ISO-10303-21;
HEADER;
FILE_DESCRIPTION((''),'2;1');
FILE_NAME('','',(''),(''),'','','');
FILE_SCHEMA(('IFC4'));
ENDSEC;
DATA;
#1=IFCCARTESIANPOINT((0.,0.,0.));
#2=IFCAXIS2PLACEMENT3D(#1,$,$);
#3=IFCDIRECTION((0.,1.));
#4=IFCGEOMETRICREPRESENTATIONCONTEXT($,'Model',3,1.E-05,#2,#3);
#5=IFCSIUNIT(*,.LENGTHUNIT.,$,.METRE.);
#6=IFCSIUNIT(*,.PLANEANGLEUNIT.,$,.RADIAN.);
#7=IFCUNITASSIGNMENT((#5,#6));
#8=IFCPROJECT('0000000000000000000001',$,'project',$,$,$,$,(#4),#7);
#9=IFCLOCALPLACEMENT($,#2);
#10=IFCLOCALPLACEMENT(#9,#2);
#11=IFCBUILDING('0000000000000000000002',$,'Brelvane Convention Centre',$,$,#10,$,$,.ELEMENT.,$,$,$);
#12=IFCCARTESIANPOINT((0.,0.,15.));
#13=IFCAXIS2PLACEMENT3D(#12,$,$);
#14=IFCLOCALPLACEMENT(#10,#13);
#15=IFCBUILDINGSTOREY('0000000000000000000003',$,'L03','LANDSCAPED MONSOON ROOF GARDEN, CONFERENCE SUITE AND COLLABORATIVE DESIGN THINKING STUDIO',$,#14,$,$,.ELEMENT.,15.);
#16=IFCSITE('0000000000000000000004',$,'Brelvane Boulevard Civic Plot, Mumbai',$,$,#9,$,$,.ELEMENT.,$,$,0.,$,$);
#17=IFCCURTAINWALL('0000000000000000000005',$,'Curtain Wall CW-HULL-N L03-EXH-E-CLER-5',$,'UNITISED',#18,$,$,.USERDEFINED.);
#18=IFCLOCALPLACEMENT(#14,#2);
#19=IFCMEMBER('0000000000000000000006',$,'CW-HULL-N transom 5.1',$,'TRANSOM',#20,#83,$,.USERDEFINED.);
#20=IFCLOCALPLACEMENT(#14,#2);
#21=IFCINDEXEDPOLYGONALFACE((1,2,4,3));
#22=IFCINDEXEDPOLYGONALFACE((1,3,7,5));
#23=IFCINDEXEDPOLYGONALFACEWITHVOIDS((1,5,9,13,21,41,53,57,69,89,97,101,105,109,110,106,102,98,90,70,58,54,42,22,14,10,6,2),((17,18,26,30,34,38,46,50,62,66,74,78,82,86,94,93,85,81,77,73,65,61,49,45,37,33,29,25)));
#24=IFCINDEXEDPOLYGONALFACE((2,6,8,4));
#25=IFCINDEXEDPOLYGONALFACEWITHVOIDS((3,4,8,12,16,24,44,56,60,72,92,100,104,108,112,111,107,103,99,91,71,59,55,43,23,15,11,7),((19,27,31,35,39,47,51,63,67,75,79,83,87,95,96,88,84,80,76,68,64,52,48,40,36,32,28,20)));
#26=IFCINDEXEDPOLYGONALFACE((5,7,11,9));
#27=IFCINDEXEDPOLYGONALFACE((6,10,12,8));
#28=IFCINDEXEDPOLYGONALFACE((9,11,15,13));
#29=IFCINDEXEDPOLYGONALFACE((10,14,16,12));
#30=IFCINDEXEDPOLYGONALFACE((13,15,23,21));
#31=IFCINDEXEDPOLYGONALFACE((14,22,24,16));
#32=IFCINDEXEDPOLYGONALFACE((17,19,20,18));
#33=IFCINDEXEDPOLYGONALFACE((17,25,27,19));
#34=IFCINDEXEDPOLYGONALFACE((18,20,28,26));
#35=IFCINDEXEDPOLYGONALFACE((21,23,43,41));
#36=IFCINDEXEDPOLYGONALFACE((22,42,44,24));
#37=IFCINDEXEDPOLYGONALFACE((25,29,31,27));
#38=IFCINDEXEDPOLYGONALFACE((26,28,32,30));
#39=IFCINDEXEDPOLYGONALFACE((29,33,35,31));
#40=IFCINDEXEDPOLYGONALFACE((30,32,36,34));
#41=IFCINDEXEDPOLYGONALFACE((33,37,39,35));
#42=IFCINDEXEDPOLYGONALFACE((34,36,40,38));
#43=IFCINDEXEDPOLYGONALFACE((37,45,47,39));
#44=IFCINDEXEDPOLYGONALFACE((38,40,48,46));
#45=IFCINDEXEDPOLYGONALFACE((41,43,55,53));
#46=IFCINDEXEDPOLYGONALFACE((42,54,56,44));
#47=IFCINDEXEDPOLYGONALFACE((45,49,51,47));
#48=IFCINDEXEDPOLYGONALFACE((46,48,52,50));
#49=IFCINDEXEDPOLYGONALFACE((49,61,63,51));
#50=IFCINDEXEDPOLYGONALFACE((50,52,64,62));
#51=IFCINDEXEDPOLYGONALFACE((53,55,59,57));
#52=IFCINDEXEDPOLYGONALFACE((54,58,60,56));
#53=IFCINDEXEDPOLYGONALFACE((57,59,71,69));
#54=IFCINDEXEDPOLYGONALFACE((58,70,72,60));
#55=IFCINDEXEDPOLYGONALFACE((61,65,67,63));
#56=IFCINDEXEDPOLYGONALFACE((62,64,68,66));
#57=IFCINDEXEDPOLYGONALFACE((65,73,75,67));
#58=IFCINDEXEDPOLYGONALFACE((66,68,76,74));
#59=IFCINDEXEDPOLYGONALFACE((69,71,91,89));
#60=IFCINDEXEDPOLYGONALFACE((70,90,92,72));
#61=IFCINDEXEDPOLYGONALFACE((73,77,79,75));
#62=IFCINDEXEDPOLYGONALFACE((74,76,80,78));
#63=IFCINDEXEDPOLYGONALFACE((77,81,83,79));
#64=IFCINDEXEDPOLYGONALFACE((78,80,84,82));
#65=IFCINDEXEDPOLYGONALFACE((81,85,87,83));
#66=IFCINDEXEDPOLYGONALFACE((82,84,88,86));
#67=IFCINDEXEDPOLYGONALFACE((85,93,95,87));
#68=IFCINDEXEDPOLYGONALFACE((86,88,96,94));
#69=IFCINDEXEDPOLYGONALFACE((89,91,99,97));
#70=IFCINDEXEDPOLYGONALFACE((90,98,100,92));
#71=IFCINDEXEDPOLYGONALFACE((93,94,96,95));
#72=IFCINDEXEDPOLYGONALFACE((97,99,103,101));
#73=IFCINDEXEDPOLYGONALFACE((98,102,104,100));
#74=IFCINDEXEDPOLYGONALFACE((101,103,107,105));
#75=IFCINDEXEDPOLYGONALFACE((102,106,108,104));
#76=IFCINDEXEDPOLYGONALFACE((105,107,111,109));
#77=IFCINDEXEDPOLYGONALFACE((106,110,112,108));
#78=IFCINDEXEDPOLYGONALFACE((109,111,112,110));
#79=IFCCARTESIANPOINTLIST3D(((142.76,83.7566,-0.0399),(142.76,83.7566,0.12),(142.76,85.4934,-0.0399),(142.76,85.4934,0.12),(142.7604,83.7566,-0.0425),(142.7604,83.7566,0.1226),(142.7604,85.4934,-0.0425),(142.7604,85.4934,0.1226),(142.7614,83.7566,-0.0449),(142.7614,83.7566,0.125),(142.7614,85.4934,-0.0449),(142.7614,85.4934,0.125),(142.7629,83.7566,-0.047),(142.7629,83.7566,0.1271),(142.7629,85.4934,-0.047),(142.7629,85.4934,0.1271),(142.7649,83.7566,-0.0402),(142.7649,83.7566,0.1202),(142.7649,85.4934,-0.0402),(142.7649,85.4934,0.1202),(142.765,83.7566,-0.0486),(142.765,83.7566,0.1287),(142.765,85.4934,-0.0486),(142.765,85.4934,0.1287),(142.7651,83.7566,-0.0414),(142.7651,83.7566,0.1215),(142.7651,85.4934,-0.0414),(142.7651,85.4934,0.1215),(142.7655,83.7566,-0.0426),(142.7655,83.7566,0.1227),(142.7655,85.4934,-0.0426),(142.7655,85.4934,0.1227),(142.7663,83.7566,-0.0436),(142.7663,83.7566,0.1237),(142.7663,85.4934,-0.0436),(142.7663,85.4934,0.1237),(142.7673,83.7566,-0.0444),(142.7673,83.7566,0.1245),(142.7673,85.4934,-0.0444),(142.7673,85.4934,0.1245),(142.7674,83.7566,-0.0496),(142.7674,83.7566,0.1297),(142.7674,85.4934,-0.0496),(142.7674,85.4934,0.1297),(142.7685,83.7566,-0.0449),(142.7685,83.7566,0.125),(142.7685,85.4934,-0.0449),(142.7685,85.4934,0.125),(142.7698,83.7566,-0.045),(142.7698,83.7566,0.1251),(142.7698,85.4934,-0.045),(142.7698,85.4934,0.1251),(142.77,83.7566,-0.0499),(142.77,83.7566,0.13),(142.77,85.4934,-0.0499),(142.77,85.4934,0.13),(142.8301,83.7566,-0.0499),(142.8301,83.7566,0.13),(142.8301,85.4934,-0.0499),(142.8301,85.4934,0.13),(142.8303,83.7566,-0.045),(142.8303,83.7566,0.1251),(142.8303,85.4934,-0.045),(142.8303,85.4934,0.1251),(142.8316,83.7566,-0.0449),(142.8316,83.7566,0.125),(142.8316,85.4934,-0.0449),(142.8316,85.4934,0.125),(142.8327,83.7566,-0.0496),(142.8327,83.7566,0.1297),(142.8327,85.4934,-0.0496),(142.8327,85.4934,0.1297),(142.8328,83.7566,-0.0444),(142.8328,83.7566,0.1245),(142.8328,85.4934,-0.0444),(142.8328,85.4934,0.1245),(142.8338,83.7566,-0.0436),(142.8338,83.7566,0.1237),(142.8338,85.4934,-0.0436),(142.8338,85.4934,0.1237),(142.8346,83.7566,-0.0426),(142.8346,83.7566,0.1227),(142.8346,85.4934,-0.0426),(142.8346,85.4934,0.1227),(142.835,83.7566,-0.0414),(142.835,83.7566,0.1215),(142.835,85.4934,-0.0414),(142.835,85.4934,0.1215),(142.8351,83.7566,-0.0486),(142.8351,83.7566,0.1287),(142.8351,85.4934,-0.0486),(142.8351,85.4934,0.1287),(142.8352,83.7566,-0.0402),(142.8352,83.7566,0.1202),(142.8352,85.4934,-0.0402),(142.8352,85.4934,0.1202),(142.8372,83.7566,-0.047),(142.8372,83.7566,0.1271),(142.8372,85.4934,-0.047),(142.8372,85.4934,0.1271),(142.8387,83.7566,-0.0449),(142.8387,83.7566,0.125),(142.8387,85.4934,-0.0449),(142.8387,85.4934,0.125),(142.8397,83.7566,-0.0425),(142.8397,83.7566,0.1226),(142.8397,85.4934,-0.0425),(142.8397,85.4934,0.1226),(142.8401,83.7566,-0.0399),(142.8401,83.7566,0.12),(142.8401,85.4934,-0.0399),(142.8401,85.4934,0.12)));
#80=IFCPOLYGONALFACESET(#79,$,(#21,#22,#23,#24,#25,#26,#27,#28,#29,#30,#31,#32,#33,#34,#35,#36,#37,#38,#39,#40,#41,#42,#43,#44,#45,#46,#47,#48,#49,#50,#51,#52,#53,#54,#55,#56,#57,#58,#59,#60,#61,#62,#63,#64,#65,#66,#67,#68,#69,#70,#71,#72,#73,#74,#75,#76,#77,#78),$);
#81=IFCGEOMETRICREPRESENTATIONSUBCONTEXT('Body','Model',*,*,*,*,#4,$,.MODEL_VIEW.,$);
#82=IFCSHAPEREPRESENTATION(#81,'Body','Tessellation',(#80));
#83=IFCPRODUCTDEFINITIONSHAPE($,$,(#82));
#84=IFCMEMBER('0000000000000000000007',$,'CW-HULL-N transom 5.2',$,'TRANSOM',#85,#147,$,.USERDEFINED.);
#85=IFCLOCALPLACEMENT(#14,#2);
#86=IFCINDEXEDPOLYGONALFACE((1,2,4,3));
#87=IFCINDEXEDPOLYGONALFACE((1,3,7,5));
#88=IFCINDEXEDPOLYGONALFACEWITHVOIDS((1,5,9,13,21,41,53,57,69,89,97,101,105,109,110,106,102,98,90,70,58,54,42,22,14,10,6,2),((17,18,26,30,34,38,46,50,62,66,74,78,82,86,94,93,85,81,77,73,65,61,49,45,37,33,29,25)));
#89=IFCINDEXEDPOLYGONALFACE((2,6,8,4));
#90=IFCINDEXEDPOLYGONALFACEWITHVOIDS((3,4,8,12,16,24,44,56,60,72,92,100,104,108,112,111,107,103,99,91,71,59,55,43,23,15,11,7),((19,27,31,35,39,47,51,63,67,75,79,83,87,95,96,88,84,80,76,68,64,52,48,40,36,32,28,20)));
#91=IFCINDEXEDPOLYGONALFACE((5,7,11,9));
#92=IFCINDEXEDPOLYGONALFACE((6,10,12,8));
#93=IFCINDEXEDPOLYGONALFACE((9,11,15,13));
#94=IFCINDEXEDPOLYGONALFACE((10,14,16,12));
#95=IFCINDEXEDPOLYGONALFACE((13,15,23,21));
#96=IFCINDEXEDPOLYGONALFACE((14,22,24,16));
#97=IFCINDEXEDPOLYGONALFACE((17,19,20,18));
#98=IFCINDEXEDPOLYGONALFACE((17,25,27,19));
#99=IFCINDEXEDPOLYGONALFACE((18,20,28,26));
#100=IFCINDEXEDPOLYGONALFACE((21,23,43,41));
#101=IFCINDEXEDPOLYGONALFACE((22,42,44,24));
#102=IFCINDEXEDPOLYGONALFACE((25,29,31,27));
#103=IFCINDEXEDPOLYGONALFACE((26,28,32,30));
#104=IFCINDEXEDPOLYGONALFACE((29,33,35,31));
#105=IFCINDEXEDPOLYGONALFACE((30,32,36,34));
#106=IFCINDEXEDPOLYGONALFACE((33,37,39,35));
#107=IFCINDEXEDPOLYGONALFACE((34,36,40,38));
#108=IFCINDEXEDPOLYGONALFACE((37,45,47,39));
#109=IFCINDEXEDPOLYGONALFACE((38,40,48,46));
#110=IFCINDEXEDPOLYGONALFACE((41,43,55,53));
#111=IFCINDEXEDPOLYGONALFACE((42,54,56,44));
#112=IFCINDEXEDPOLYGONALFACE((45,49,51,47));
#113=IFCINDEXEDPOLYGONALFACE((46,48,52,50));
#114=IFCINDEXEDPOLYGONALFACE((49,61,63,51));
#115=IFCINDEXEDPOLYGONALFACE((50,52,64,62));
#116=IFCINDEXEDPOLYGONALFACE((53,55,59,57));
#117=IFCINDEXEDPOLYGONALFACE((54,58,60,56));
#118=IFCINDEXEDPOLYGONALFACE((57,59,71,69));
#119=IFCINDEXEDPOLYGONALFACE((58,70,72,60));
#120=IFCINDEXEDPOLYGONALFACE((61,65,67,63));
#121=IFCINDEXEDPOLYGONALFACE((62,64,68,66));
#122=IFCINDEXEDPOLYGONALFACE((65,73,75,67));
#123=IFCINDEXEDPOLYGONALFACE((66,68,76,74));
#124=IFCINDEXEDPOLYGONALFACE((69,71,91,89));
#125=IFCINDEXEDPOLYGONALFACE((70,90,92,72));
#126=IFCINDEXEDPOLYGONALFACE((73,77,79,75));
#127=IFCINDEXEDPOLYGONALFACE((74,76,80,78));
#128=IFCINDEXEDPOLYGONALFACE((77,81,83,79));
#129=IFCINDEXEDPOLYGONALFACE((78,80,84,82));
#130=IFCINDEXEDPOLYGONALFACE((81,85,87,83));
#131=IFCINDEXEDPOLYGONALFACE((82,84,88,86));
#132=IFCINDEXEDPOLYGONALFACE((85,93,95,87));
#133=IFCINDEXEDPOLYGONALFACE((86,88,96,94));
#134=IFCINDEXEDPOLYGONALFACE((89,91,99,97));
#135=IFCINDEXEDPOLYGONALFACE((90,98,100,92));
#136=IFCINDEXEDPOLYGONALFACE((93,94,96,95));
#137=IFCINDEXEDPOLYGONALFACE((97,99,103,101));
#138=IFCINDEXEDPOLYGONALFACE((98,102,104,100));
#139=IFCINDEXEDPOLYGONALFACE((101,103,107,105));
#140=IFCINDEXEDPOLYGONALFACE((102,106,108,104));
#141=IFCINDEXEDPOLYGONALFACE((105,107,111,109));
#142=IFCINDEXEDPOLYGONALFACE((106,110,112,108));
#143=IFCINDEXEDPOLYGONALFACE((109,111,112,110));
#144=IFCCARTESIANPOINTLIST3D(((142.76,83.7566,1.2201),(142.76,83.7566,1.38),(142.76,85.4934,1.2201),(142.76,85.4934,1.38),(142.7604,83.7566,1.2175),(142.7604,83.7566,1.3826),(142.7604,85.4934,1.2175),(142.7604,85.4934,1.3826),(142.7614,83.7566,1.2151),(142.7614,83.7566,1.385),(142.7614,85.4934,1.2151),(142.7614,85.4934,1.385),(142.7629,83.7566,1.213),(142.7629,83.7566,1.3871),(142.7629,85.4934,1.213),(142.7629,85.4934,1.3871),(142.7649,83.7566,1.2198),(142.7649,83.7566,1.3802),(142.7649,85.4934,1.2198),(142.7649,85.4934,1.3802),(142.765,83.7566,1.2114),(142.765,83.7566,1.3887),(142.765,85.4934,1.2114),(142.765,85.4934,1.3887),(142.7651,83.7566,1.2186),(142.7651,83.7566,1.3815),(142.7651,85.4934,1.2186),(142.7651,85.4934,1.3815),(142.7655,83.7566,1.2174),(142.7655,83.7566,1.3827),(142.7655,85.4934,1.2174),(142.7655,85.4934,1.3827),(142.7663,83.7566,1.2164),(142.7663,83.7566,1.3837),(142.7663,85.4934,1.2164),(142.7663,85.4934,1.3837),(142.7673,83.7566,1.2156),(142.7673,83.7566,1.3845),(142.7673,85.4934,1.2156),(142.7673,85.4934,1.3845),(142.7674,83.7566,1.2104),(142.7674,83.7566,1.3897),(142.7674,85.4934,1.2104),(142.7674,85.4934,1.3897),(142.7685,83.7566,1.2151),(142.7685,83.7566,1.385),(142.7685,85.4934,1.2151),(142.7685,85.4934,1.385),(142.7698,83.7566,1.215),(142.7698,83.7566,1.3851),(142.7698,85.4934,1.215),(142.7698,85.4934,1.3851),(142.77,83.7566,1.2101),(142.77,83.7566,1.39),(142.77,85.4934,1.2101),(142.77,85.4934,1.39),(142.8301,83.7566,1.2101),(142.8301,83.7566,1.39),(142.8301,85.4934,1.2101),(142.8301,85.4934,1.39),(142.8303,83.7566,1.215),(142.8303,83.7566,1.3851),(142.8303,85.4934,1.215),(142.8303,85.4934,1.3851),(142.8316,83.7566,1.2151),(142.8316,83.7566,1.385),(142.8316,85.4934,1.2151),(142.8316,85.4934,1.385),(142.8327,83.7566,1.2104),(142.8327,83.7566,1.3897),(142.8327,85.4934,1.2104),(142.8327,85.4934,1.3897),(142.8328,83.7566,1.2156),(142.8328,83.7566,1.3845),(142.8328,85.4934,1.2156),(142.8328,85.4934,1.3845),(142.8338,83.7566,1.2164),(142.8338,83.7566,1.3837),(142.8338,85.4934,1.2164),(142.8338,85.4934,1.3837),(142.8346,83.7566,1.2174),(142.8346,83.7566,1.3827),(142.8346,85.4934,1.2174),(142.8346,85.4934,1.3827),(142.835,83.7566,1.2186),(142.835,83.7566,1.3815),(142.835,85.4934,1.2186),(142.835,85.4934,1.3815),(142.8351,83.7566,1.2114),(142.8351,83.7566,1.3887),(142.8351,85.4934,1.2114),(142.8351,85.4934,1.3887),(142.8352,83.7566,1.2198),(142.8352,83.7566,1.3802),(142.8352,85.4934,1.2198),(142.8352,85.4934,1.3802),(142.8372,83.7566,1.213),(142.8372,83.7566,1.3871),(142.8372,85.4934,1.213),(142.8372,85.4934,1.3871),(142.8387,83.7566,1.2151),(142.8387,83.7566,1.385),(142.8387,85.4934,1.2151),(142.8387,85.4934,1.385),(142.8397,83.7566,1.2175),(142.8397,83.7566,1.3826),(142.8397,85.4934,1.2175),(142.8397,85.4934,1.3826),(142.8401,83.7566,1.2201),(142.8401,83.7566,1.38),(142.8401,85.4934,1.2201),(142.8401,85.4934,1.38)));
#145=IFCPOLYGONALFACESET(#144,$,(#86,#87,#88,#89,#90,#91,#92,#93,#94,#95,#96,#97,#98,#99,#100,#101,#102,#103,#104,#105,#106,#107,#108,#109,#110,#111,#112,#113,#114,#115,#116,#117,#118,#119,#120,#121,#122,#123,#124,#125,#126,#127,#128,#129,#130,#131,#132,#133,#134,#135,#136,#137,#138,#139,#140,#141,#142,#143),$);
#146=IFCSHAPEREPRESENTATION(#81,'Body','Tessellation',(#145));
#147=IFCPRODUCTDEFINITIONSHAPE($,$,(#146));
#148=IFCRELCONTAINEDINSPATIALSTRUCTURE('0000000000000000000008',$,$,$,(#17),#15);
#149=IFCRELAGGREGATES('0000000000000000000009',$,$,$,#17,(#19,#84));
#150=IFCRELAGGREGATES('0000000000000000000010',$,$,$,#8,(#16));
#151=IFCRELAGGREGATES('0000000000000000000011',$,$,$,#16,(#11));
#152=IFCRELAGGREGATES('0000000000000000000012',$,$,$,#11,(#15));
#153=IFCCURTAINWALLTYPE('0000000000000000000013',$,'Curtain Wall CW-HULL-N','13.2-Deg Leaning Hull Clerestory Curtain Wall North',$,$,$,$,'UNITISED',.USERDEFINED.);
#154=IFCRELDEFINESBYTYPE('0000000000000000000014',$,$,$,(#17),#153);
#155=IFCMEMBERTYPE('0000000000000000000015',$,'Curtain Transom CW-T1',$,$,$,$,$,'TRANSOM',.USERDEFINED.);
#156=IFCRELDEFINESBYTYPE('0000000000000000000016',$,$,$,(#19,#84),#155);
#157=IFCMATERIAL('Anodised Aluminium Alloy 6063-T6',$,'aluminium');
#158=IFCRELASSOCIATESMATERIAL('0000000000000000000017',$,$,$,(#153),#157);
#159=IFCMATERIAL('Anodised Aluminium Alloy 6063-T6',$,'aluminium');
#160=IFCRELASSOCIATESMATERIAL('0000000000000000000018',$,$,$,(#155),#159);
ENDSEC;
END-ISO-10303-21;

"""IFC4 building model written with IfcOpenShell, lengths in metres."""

from ifc_helpers import new_model, si_unit, direction, frame, origin, origin_2d, place, context, subcontext, project, spatial, hollow_rectangle, extrude, material, material_profile, profile_set, type_object, element, aggregate, save


model = new_model("IFC4")

# Units and contexts
model_context = context("Model", 3, precision=1e-05, world=origin(), true_north=direction((0.0, 1.0)))
body_context = subcontext(model_context, "Body", "Model", "MODEL_VIEW")
ifc_project = project(units=[si_unit("LENGTHUNIT", "METRE"), si_unit("PLANEANGLEUNIT", "RADIAN")], contexts=[model_context])

# Site, building, storey
site_placement = place(None, origin())
site = spatial("IfcSite", under=ifc_project, at=site_placement, Name="Brelvane Boulevard Civic Plot, Mumbai", CompositionType="ELEMENT", RefElevation=0.0)
building_placement = place(site_placement, origin())
building = spatial("IfcBuilding", under=site, at=building_placement, Name="Brelvane Convention Centre", CompositionType="ELEMENT")
storey_placement = place(building_placement, frame((0.0, 0.0, 15.0)))
storey = spatial("IfcBuildingStorey", under=building, at=storey_placement, Name="L03", Description="LANDSCAPED MONSOON ROOF GARDEN, CONFERENCE SUITE AND COLLABORATIVE DESIGN THINKING STUDIO", CompositionType="ELEMENT", Elevation=15.0)

# Curtain wall
ifc_material_1 = material(Name="Anodised Aluminium Alloy 6063-T6", Category="aluminium")
curtain_wall_type = type_object("IfcCurtainWallType", Name="Curtain Wall CW-HULL-N", Description="13.2-Deg Leaning Hull Clerestory Curtain Wall North", ElementType="UNITISED", PredefinedType="USERDEFINED", material=ifc_material_1)
curtain_wall_1_placement = place(storey_placement, origin())
curtain_wall_1 = element("IfcCurtainWall", 1, at=curtain_wall_1_placement, inside=storey, type_object=curtain_wall_type, Name="Curtain Wall CW-HULL-N L03-EXH-E-CLER-5", ObjectType="UNITISED", PredefinedType="USERDEFINED")

# Members
ifc_material_2 = material(Name="Anodised Aluminium Alloy 6063-T6", Category="aluminium")
ifc_material_profile_1 = material_profile(ifc_material_2, hollow_rectangle(XDim=0.0801, YDim=0.1799, WallThickness=0.0049, InnerFilletRadius=0.0049, OuterFilletRadius=0.01, at=origin_2d()), Name="ALU-T 180x80x5.0")
ifc_profile_set_1 = profile_set([ifc_material_profile_1], Name="Anodised Aluminium Alloy 6063-T6")
member_type_1 = type_object("IfcMemberType", Name="Curtain Transom CW-T1", ElementType="TRANSOM", PredefinedType="USERDEFINED", material=ifc_profile_set_1)
member_1_placement = place(storey_placement, frame((142.8, 83.7566, 0.04), z_axis=(0.0, 1.0, 0.0), x_axis=(-1.0, 0.0, 0.0)))
member_1 = element("IfcMember", 2, at=member_1_placement, type_object=member_type_1, Name="CW-HULL-N transom 5.1", ObjectType="TRANSOM", PredefinedType="USERDEFINED", context=body_context, shape_type="SweptSolid", body=[
    extrude(hollow_rectangle(XDim=0.0801, YDim=0.1799, WallThickness=0.0049, InnerFilletRadius=0.0049, OuterFilletRadius=0.01, at=origin_2d()), origin(), (0.0, 0.0, 1.0), 1.7368),
])
member_2_placement = place(storey_placement, frame((142.8, 83.7566, 1.3), z_axis=(0.0, 1.0, 0.0), x_axis=(-1.0, 0.0, 0.0)))
member_2 = element("IfcMember", 3, at=member_2_placement, type_object=member_type_1, Name="CW-HULL-N transom 5.2", ObjectType="TRANSOM", PredefinedType="USERDEFINED", context=body_context, shape_type="SweptSolid", body=[
    extrude(hollow_rectangle(XDim=0.0801, YDim=0.1799, WallThickness=0.0049, InnerFilletRadius=0.0049, OuterFilletRadius=0.01, at=origin_2d()), origin(), (0.0, 0.0, 1.0), 1.7368),
])

aggregate(curtain_wall_1, [member_1, member_2])

save(model, "model.ifc")
